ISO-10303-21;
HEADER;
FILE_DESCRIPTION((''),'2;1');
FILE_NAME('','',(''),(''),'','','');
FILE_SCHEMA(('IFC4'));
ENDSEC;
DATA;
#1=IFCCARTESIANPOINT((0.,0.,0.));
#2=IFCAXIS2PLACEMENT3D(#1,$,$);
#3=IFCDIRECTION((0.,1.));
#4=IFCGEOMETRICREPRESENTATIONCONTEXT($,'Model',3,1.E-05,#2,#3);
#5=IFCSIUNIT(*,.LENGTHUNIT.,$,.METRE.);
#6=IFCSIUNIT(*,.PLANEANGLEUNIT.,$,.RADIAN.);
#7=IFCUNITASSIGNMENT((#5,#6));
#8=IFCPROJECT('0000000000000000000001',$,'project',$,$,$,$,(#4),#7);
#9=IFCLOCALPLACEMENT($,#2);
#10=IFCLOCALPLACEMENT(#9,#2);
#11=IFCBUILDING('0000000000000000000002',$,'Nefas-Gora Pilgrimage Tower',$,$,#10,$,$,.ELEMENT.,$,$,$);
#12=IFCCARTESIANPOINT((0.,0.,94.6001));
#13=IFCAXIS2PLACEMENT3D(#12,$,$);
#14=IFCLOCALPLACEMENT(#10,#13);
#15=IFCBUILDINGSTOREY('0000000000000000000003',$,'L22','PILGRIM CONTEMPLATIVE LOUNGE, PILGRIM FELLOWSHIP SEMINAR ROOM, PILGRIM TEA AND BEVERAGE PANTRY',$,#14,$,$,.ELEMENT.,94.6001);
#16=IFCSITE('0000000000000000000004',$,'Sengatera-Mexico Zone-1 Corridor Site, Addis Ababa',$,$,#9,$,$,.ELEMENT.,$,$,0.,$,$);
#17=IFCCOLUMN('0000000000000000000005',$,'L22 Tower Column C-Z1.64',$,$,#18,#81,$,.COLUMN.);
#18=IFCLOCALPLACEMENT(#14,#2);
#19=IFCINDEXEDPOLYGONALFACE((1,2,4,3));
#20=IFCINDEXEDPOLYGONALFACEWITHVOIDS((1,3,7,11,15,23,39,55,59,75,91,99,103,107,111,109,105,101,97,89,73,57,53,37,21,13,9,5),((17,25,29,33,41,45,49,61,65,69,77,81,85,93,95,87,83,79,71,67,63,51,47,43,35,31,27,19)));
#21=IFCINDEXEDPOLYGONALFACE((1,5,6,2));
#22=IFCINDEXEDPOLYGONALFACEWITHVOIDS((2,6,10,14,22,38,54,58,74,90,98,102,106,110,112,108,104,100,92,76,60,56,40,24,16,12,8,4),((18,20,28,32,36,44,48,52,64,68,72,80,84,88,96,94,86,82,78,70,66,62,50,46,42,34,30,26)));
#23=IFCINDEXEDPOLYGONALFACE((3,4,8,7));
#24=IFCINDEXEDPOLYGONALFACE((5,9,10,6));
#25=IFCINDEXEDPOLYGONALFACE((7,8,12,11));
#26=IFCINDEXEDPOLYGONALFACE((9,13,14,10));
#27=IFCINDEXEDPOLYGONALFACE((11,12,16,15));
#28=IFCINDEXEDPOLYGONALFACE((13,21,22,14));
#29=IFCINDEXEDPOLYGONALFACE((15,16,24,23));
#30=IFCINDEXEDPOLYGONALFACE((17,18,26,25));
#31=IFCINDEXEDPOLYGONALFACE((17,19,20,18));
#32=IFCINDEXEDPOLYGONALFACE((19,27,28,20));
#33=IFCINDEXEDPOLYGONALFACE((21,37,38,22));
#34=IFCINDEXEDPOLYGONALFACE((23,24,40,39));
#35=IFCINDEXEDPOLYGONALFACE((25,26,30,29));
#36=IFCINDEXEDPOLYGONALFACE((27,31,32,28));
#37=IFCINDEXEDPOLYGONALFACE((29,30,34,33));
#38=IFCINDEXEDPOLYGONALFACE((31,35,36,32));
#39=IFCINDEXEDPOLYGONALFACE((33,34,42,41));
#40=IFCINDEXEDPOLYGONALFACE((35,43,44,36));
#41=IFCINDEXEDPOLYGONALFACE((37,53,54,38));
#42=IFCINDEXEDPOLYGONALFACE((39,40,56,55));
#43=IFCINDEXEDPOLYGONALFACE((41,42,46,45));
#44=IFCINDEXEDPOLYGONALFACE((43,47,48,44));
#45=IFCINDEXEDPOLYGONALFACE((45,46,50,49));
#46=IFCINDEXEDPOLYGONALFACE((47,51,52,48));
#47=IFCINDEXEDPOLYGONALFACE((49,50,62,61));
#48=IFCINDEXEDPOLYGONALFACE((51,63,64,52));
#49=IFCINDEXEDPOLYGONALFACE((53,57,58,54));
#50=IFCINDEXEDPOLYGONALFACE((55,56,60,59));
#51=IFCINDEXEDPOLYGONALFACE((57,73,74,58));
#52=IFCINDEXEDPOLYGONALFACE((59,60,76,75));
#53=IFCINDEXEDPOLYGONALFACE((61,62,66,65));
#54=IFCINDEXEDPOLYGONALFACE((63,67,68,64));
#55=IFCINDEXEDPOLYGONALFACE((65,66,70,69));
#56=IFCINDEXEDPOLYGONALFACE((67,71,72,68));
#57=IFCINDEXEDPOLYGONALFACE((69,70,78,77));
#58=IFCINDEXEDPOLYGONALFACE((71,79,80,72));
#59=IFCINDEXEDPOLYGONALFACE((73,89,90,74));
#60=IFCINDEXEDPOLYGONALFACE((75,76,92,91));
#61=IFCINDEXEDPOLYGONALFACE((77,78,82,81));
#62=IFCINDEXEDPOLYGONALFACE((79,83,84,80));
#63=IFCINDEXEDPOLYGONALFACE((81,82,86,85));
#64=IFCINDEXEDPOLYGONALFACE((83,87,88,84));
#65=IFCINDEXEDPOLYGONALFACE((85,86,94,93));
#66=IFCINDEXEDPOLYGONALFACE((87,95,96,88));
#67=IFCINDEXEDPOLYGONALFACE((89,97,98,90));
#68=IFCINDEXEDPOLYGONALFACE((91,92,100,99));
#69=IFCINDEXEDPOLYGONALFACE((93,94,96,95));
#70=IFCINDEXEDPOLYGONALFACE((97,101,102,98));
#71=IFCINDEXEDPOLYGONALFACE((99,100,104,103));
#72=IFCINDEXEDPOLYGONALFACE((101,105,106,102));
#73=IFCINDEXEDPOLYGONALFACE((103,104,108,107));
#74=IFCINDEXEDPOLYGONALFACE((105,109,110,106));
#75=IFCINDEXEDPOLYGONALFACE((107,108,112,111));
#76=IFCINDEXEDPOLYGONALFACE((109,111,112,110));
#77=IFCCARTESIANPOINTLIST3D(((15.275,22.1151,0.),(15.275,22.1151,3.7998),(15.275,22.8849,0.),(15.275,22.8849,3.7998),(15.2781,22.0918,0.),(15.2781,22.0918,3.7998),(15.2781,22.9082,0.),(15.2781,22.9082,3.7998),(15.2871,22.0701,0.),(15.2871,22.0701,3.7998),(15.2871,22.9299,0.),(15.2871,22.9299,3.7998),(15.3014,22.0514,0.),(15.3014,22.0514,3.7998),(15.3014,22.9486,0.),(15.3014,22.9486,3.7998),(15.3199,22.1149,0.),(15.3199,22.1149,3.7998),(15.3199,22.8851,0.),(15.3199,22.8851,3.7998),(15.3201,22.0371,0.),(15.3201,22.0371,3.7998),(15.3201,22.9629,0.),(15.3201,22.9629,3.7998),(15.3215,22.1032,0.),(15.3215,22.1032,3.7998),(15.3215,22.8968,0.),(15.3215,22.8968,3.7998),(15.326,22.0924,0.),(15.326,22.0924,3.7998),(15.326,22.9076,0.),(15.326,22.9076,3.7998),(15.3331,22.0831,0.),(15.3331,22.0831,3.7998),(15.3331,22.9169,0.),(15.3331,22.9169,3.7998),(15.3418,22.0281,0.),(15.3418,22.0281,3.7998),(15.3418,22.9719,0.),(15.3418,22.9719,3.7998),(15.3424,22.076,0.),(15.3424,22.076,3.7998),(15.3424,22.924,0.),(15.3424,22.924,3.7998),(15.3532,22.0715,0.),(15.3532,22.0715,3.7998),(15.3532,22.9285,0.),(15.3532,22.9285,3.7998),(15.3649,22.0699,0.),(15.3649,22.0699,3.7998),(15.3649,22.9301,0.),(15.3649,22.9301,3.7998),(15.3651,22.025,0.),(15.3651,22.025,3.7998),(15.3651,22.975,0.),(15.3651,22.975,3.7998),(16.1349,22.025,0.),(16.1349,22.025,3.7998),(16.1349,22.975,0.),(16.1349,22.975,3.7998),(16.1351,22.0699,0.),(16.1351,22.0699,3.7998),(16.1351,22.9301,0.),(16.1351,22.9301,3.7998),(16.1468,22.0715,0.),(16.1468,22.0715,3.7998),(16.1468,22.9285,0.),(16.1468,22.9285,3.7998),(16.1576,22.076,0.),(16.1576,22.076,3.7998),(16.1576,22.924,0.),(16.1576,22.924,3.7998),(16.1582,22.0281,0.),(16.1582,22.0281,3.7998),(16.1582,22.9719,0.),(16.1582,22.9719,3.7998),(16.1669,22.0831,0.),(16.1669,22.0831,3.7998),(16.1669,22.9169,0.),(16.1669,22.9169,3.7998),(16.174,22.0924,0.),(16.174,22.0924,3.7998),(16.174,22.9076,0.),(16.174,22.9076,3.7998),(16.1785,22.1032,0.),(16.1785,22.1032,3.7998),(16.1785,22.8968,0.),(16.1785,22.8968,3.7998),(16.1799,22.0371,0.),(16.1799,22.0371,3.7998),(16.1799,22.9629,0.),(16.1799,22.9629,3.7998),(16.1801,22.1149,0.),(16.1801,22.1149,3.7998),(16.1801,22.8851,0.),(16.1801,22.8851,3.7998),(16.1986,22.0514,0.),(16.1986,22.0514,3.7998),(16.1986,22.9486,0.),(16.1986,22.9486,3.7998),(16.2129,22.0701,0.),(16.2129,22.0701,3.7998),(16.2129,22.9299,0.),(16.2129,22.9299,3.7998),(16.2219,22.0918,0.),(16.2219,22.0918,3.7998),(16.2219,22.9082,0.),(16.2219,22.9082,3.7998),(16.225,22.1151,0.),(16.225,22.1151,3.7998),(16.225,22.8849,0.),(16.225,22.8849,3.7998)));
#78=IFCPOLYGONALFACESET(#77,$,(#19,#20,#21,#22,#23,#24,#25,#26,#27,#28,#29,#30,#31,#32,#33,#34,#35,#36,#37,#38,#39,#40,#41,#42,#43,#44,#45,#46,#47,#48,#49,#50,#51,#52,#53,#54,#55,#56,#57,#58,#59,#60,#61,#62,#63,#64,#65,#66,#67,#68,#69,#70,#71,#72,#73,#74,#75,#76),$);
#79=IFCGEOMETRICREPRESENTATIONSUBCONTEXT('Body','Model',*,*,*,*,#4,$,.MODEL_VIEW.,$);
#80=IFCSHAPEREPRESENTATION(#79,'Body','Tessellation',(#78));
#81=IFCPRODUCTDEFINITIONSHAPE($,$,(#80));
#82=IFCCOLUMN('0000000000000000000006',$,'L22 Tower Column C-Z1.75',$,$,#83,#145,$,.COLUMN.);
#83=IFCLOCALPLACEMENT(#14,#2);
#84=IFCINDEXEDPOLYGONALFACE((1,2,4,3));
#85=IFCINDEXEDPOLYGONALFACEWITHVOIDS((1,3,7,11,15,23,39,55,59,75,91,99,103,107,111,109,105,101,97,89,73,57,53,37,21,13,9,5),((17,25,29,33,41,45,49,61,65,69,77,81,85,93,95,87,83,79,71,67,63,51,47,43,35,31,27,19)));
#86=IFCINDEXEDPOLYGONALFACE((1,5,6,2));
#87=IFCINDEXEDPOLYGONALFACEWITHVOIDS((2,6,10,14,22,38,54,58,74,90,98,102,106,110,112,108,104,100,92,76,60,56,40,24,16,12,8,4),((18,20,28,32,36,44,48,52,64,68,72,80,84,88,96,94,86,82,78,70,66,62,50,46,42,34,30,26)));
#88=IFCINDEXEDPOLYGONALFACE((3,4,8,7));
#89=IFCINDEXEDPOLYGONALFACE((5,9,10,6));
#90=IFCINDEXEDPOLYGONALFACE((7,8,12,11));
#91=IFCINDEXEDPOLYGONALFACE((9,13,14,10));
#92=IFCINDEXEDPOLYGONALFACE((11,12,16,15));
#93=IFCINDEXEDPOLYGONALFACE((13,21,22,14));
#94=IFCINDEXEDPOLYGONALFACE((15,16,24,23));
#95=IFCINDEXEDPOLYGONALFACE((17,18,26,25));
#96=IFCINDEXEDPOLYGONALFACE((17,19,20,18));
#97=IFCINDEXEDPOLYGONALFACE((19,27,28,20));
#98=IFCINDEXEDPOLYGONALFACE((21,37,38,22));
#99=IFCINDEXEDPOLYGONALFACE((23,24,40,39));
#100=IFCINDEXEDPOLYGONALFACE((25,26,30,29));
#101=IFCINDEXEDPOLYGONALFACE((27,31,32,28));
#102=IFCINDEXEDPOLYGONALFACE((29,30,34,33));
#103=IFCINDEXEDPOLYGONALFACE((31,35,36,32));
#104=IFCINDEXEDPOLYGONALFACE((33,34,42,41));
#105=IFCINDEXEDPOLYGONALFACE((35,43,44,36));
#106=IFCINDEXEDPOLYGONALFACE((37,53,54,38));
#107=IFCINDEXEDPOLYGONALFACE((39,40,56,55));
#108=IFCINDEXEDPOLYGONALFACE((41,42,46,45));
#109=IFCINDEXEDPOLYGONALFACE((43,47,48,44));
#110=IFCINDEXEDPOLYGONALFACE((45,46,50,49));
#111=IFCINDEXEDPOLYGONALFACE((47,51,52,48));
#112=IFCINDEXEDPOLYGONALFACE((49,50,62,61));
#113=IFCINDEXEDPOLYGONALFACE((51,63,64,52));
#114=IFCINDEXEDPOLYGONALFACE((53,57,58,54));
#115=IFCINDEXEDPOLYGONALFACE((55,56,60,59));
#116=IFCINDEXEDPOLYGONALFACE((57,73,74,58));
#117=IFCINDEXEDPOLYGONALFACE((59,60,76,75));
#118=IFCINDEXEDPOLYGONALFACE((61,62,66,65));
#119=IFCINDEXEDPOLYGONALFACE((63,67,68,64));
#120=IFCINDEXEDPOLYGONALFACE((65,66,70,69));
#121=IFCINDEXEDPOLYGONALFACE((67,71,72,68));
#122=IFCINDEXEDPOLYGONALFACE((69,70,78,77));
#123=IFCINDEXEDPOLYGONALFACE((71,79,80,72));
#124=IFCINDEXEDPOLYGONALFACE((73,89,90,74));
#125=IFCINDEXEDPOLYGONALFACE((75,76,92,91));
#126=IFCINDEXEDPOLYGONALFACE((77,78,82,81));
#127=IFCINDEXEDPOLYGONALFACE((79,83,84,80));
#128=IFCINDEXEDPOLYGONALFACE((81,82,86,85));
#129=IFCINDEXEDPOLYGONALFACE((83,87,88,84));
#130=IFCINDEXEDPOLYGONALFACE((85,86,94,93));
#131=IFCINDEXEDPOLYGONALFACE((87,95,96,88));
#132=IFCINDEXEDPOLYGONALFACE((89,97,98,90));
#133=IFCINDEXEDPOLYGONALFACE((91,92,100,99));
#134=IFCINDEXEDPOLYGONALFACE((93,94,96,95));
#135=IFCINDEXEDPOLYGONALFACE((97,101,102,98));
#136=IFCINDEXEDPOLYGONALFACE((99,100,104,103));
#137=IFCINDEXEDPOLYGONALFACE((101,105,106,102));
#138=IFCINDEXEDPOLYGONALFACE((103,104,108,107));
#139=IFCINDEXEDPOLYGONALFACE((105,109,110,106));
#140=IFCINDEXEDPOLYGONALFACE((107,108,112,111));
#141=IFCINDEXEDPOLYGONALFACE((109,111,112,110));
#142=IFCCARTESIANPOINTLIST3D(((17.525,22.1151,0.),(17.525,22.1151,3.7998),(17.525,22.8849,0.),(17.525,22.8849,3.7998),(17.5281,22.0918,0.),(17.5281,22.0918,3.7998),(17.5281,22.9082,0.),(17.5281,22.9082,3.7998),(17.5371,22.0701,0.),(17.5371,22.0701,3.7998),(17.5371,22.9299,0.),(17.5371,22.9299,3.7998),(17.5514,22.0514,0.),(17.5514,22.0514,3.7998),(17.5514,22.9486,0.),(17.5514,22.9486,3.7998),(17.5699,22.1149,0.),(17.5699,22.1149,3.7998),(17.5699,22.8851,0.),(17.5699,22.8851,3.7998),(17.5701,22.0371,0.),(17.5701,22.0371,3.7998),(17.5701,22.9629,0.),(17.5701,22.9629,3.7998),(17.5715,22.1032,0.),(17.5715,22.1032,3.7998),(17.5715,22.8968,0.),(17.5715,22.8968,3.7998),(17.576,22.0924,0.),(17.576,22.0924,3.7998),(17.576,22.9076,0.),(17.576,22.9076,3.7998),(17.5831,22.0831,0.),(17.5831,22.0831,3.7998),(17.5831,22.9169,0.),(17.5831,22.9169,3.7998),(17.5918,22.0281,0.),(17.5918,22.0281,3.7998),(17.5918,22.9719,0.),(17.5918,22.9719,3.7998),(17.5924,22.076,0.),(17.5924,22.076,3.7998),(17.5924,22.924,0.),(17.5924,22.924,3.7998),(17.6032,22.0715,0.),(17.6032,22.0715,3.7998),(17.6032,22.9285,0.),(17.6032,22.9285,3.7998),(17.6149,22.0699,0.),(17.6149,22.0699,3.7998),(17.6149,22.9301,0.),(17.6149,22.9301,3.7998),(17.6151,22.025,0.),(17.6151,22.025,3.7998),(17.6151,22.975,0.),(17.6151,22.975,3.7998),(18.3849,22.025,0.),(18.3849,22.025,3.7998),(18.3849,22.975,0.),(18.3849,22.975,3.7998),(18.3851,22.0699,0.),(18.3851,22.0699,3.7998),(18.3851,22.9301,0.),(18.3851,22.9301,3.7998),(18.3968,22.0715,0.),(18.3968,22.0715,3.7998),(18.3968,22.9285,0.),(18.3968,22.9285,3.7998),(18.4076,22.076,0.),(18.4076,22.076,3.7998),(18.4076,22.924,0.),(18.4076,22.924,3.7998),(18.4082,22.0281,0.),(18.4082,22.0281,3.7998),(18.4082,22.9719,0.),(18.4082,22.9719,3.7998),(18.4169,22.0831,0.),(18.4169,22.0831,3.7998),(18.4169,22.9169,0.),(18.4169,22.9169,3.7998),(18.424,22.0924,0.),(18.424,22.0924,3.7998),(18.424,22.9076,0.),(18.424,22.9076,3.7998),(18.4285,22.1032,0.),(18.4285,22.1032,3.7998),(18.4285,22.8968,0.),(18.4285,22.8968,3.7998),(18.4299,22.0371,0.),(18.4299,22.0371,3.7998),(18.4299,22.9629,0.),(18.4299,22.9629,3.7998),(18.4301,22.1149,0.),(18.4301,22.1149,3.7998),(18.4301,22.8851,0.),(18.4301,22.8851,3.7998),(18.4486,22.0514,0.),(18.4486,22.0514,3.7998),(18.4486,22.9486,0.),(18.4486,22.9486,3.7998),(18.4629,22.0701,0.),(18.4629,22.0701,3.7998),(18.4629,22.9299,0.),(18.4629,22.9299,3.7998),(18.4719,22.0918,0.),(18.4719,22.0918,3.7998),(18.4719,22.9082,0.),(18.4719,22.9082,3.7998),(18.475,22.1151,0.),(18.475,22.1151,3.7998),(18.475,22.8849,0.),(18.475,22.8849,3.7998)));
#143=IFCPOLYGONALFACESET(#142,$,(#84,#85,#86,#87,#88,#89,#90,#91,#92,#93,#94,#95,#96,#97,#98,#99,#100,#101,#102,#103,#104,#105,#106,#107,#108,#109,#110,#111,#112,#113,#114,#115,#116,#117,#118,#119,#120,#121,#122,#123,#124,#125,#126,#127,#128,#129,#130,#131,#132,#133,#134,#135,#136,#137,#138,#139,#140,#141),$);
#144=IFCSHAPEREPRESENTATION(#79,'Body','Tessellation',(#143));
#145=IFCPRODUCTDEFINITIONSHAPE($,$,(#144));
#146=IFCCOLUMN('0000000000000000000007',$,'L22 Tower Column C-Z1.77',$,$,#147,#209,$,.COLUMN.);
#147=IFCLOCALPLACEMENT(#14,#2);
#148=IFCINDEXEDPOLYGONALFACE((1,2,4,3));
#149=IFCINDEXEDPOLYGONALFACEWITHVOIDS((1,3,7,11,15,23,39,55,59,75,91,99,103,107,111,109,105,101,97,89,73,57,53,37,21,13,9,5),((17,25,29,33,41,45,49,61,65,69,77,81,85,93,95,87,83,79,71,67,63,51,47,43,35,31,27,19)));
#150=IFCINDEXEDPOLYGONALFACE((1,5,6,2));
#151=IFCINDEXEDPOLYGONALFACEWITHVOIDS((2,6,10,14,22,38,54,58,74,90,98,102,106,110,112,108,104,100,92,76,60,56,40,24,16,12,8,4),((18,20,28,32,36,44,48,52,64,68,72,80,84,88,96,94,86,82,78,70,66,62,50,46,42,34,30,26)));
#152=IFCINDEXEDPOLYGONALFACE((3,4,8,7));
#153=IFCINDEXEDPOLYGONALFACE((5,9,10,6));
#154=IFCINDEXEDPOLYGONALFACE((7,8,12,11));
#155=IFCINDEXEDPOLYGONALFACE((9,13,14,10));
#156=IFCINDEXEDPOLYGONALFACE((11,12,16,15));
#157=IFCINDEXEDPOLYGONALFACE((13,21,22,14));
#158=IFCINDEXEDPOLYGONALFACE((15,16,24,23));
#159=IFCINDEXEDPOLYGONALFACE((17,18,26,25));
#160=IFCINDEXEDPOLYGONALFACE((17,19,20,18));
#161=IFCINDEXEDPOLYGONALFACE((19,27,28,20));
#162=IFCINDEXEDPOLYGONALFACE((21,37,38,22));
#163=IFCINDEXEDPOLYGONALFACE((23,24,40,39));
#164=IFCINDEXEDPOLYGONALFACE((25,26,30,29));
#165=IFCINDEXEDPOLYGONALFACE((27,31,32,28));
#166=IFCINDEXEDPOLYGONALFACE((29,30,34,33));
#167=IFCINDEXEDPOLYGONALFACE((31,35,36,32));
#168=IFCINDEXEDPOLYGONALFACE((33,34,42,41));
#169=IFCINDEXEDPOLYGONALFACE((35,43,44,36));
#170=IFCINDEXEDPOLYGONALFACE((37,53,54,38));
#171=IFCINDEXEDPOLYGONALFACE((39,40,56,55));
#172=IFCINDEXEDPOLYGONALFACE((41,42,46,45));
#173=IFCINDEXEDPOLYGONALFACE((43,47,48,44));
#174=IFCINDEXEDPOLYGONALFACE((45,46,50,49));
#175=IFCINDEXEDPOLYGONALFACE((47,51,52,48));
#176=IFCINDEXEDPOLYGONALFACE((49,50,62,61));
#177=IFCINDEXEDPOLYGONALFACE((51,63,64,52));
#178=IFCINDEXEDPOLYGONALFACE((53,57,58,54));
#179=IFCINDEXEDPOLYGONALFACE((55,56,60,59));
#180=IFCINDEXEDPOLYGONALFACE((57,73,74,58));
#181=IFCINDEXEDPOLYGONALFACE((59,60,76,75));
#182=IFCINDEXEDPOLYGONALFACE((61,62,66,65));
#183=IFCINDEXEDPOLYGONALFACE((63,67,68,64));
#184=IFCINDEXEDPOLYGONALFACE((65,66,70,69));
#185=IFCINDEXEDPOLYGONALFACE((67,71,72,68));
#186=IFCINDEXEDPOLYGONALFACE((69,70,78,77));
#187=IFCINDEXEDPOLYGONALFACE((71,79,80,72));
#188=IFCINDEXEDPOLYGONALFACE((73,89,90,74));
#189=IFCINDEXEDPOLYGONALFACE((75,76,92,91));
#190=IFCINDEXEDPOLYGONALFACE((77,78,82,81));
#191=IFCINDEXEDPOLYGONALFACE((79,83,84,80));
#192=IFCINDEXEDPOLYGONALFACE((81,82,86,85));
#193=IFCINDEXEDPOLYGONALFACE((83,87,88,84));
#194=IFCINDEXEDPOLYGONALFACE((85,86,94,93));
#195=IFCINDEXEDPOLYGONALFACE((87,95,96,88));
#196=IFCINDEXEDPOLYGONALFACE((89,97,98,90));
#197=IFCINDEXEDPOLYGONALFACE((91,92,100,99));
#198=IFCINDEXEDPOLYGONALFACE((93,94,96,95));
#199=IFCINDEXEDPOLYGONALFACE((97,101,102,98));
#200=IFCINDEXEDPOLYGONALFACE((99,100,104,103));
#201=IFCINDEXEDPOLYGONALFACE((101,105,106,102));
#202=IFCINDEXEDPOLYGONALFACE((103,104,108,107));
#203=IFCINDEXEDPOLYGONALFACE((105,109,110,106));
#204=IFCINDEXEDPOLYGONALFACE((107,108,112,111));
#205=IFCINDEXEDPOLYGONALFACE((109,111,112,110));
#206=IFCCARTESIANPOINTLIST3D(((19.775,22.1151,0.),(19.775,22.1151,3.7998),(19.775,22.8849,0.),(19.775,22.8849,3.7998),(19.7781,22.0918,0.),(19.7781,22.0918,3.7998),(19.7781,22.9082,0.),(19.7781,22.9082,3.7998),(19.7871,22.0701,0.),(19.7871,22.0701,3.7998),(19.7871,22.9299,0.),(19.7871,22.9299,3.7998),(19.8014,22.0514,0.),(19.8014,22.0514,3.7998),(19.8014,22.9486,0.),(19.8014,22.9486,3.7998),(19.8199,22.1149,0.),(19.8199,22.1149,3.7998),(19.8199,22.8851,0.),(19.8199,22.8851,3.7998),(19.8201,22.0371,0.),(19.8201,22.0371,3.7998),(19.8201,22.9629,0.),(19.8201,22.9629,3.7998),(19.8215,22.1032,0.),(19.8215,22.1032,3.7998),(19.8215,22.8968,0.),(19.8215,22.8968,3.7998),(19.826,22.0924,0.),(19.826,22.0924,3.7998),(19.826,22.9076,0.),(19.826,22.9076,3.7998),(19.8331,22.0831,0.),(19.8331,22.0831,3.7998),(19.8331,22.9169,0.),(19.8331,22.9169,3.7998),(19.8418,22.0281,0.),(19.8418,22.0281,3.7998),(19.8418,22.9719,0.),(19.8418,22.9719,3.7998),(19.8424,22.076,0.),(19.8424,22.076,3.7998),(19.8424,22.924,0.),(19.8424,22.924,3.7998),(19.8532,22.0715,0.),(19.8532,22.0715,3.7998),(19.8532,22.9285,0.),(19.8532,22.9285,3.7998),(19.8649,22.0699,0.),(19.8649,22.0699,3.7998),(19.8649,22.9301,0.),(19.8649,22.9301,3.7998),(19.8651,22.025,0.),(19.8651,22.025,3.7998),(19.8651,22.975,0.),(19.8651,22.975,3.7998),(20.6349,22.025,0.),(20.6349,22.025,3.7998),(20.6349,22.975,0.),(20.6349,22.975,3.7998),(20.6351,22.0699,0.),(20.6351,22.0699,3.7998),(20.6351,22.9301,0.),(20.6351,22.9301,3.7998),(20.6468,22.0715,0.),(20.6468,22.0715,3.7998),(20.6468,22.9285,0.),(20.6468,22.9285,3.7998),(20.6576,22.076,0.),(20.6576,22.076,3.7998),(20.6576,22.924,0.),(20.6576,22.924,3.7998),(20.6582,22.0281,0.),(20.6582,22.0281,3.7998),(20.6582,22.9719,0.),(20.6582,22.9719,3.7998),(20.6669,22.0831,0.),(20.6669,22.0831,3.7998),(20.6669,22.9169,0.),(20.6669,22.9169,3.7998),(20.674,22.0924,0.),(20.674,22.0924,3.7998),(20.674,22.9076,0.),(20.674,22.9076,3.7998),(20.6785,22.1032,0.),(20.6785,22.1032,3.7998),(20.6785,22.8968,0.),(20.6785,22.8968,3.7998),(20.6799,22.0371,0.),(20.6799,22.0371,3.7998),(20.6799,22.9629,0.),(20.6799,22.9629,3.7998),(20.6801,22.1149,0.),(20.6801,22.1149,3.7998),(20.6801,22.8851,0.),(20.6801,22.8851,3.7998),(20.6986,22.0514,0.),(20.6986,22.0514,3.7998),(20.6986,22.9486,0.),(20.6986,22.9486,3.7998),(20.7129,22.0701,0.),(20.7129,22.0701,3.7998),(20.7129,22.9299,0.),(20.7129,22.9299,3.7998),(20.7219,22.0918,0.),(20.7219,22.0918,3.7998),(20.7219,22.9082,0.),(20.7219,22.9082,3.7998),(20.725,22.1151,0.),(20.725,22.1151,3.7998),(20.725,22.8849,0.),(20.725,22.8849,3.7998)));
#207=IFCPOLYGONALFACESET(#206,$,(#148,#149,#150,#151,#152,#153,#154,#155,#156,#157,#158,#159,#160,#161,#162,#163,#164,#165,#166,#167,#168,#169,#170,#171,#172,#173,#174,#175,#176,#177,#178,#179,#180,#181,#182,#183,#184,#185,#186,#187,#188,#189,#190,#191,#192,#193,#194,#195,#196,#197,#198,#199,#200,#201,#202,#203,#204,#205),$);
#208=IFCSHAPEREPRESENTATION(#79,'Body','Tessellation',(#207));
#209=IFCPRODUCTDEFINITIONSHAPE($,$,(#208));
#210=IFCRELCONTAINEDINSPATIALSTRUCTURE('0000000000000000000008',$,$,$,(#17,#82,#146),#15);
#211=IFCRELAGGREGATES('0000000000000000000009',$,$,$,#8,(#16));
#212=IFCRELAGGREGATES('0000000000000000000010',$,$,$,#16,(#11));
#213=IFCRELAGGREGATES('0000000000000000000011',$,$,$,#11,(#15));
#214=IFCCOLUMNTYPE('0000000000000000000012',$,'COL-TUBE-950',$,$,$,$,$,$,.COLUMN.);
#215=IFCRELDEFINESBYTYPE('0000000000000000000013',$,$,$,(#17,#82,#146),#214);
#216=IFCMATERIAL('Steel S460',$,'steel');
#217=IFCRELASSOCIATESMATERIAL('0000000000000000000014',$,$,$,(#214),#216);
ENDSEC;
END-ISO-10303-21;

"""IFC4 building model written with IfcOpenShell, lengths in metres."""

from ifc_helpers import new_model, si_unit, direction, frame, origin, origin_2d, place, context, subcontext, project, spatial, hollow_rectangle, extrude, source, transform, mapped, material, material_profile, profile_set, type_object, element, save


model = new_model("IFC4")

# Units and contexts
model_context = context("Model", 3, precision=1e-05, world=origin(), true_north=direction((0.0, 1.0)))
body_context = subcontext(model_context, "Body", "Model", "MODEL_VIEW")
ifc_project = project(units=[si_unit("LENGTHUNIT", "METRE"), si_unit("PLANEANGLEUNIT", "RADIAN")], contexts=[model_context])

# Site, building, storey
site_placement = place(None, origin())
site = spatial("IfcSite", under=ifc_project, at=site_placement, Name="Sengatera-Mexico Zone-1 Corridor Site, Addis Ababa", CompositionType="ELEMENT", RefElevation=0.0)
building_placement = place(site_placement, origin())
building = spatial("IfcBuilding", under=site, at=building_placement, Name="Nefas-Gora Pilgrimage Tower", CompositionType="ELEMENT")
storey_placement = place(building_placement, frame((0.0, 0.0, 94.6001)))
storey = spatial("IfcBuildingStorey", under=building, at=storey_placement, Name="L22", Description="PILGRIM CONTEMPLATIVE LOUNGE, PILGRIM FELLOWSHIP SEMINAR ROOM, PILGRIM TEA AND BEVERAGE PANTRY", CompositionType="ELEMENT", Elevation=94.6001)

# Columns
ifc_material_1 = material(Name="Steel S460", Category="steel")
ifc_material_profile_1 = material_profile(ifc_material_1, hollow_rectangle(XDim=0.95, YDim=0.95, WallThickness=0.0449, InnerFilletRadius=0.0449, OuterFilletRadius=0.0901, at=origin_2d()), Name="BOX 950x950x45")
ifc_profile_set_1 = profile_set([ifc_material_profile_1], Name="Steel S460")
column_type_1 = type_object("IfcColumnType", Name="COL-TUBE-950", PredefinedType="COLUMN", material=ifc_profile_set_1)
shared_shape_1 = source(origin(), body_context, "Body", "SweptSolid", [
    extrude(hollow_rectangle(XDim=0.95, YDim=0.95, WallThickness=0.0449, InnerFilletRadius=0.0449, OuterFilletRadius=0.0901, at=origin_2d()), origin(), (0.0, 0.0, 1.0), 3.7998),
])
for number, where, z_axis, x_axis, name in (
    (1, (15.75, 22.5, 0.0), (0.0, 0.0, 1.0), (1.0, 0.0, 0.0), "L22 Tower Column C-Z1.64"),
    (2, (18.0, 22.5, 0.0), (0.0, 0.0, 1.0), (1.0, 0.0, 0.0), "L22 Tower Column C-Z1.75"),
    (3, (20.25, 22.5, 0.0), (0.0, 0.0, 1.0), (1.0, 0.0, 0.0), "L22 Tower Column C-Z1.77"),
):
    element("IfcColumn", number, at=place(storey_placement, frame(where, z_axis=z_axis, x_axis=x_axis)), inside=storey, type_object=column_type_1, Name=name, PredefinedType="COLUMN", context=body_context, shape_type="MappedRepresentation", body=[
        mapped(shared_shape_1, transform((0.0, 0.0, 0.0), x_axis=(1.0, 0.0, 0.0), y_axis=(0.0, 1.0, 0.0), z_axis=(0.0, 0.0, 1.0), scale=1.0)),
    ])

save(model, "model.ifc")
